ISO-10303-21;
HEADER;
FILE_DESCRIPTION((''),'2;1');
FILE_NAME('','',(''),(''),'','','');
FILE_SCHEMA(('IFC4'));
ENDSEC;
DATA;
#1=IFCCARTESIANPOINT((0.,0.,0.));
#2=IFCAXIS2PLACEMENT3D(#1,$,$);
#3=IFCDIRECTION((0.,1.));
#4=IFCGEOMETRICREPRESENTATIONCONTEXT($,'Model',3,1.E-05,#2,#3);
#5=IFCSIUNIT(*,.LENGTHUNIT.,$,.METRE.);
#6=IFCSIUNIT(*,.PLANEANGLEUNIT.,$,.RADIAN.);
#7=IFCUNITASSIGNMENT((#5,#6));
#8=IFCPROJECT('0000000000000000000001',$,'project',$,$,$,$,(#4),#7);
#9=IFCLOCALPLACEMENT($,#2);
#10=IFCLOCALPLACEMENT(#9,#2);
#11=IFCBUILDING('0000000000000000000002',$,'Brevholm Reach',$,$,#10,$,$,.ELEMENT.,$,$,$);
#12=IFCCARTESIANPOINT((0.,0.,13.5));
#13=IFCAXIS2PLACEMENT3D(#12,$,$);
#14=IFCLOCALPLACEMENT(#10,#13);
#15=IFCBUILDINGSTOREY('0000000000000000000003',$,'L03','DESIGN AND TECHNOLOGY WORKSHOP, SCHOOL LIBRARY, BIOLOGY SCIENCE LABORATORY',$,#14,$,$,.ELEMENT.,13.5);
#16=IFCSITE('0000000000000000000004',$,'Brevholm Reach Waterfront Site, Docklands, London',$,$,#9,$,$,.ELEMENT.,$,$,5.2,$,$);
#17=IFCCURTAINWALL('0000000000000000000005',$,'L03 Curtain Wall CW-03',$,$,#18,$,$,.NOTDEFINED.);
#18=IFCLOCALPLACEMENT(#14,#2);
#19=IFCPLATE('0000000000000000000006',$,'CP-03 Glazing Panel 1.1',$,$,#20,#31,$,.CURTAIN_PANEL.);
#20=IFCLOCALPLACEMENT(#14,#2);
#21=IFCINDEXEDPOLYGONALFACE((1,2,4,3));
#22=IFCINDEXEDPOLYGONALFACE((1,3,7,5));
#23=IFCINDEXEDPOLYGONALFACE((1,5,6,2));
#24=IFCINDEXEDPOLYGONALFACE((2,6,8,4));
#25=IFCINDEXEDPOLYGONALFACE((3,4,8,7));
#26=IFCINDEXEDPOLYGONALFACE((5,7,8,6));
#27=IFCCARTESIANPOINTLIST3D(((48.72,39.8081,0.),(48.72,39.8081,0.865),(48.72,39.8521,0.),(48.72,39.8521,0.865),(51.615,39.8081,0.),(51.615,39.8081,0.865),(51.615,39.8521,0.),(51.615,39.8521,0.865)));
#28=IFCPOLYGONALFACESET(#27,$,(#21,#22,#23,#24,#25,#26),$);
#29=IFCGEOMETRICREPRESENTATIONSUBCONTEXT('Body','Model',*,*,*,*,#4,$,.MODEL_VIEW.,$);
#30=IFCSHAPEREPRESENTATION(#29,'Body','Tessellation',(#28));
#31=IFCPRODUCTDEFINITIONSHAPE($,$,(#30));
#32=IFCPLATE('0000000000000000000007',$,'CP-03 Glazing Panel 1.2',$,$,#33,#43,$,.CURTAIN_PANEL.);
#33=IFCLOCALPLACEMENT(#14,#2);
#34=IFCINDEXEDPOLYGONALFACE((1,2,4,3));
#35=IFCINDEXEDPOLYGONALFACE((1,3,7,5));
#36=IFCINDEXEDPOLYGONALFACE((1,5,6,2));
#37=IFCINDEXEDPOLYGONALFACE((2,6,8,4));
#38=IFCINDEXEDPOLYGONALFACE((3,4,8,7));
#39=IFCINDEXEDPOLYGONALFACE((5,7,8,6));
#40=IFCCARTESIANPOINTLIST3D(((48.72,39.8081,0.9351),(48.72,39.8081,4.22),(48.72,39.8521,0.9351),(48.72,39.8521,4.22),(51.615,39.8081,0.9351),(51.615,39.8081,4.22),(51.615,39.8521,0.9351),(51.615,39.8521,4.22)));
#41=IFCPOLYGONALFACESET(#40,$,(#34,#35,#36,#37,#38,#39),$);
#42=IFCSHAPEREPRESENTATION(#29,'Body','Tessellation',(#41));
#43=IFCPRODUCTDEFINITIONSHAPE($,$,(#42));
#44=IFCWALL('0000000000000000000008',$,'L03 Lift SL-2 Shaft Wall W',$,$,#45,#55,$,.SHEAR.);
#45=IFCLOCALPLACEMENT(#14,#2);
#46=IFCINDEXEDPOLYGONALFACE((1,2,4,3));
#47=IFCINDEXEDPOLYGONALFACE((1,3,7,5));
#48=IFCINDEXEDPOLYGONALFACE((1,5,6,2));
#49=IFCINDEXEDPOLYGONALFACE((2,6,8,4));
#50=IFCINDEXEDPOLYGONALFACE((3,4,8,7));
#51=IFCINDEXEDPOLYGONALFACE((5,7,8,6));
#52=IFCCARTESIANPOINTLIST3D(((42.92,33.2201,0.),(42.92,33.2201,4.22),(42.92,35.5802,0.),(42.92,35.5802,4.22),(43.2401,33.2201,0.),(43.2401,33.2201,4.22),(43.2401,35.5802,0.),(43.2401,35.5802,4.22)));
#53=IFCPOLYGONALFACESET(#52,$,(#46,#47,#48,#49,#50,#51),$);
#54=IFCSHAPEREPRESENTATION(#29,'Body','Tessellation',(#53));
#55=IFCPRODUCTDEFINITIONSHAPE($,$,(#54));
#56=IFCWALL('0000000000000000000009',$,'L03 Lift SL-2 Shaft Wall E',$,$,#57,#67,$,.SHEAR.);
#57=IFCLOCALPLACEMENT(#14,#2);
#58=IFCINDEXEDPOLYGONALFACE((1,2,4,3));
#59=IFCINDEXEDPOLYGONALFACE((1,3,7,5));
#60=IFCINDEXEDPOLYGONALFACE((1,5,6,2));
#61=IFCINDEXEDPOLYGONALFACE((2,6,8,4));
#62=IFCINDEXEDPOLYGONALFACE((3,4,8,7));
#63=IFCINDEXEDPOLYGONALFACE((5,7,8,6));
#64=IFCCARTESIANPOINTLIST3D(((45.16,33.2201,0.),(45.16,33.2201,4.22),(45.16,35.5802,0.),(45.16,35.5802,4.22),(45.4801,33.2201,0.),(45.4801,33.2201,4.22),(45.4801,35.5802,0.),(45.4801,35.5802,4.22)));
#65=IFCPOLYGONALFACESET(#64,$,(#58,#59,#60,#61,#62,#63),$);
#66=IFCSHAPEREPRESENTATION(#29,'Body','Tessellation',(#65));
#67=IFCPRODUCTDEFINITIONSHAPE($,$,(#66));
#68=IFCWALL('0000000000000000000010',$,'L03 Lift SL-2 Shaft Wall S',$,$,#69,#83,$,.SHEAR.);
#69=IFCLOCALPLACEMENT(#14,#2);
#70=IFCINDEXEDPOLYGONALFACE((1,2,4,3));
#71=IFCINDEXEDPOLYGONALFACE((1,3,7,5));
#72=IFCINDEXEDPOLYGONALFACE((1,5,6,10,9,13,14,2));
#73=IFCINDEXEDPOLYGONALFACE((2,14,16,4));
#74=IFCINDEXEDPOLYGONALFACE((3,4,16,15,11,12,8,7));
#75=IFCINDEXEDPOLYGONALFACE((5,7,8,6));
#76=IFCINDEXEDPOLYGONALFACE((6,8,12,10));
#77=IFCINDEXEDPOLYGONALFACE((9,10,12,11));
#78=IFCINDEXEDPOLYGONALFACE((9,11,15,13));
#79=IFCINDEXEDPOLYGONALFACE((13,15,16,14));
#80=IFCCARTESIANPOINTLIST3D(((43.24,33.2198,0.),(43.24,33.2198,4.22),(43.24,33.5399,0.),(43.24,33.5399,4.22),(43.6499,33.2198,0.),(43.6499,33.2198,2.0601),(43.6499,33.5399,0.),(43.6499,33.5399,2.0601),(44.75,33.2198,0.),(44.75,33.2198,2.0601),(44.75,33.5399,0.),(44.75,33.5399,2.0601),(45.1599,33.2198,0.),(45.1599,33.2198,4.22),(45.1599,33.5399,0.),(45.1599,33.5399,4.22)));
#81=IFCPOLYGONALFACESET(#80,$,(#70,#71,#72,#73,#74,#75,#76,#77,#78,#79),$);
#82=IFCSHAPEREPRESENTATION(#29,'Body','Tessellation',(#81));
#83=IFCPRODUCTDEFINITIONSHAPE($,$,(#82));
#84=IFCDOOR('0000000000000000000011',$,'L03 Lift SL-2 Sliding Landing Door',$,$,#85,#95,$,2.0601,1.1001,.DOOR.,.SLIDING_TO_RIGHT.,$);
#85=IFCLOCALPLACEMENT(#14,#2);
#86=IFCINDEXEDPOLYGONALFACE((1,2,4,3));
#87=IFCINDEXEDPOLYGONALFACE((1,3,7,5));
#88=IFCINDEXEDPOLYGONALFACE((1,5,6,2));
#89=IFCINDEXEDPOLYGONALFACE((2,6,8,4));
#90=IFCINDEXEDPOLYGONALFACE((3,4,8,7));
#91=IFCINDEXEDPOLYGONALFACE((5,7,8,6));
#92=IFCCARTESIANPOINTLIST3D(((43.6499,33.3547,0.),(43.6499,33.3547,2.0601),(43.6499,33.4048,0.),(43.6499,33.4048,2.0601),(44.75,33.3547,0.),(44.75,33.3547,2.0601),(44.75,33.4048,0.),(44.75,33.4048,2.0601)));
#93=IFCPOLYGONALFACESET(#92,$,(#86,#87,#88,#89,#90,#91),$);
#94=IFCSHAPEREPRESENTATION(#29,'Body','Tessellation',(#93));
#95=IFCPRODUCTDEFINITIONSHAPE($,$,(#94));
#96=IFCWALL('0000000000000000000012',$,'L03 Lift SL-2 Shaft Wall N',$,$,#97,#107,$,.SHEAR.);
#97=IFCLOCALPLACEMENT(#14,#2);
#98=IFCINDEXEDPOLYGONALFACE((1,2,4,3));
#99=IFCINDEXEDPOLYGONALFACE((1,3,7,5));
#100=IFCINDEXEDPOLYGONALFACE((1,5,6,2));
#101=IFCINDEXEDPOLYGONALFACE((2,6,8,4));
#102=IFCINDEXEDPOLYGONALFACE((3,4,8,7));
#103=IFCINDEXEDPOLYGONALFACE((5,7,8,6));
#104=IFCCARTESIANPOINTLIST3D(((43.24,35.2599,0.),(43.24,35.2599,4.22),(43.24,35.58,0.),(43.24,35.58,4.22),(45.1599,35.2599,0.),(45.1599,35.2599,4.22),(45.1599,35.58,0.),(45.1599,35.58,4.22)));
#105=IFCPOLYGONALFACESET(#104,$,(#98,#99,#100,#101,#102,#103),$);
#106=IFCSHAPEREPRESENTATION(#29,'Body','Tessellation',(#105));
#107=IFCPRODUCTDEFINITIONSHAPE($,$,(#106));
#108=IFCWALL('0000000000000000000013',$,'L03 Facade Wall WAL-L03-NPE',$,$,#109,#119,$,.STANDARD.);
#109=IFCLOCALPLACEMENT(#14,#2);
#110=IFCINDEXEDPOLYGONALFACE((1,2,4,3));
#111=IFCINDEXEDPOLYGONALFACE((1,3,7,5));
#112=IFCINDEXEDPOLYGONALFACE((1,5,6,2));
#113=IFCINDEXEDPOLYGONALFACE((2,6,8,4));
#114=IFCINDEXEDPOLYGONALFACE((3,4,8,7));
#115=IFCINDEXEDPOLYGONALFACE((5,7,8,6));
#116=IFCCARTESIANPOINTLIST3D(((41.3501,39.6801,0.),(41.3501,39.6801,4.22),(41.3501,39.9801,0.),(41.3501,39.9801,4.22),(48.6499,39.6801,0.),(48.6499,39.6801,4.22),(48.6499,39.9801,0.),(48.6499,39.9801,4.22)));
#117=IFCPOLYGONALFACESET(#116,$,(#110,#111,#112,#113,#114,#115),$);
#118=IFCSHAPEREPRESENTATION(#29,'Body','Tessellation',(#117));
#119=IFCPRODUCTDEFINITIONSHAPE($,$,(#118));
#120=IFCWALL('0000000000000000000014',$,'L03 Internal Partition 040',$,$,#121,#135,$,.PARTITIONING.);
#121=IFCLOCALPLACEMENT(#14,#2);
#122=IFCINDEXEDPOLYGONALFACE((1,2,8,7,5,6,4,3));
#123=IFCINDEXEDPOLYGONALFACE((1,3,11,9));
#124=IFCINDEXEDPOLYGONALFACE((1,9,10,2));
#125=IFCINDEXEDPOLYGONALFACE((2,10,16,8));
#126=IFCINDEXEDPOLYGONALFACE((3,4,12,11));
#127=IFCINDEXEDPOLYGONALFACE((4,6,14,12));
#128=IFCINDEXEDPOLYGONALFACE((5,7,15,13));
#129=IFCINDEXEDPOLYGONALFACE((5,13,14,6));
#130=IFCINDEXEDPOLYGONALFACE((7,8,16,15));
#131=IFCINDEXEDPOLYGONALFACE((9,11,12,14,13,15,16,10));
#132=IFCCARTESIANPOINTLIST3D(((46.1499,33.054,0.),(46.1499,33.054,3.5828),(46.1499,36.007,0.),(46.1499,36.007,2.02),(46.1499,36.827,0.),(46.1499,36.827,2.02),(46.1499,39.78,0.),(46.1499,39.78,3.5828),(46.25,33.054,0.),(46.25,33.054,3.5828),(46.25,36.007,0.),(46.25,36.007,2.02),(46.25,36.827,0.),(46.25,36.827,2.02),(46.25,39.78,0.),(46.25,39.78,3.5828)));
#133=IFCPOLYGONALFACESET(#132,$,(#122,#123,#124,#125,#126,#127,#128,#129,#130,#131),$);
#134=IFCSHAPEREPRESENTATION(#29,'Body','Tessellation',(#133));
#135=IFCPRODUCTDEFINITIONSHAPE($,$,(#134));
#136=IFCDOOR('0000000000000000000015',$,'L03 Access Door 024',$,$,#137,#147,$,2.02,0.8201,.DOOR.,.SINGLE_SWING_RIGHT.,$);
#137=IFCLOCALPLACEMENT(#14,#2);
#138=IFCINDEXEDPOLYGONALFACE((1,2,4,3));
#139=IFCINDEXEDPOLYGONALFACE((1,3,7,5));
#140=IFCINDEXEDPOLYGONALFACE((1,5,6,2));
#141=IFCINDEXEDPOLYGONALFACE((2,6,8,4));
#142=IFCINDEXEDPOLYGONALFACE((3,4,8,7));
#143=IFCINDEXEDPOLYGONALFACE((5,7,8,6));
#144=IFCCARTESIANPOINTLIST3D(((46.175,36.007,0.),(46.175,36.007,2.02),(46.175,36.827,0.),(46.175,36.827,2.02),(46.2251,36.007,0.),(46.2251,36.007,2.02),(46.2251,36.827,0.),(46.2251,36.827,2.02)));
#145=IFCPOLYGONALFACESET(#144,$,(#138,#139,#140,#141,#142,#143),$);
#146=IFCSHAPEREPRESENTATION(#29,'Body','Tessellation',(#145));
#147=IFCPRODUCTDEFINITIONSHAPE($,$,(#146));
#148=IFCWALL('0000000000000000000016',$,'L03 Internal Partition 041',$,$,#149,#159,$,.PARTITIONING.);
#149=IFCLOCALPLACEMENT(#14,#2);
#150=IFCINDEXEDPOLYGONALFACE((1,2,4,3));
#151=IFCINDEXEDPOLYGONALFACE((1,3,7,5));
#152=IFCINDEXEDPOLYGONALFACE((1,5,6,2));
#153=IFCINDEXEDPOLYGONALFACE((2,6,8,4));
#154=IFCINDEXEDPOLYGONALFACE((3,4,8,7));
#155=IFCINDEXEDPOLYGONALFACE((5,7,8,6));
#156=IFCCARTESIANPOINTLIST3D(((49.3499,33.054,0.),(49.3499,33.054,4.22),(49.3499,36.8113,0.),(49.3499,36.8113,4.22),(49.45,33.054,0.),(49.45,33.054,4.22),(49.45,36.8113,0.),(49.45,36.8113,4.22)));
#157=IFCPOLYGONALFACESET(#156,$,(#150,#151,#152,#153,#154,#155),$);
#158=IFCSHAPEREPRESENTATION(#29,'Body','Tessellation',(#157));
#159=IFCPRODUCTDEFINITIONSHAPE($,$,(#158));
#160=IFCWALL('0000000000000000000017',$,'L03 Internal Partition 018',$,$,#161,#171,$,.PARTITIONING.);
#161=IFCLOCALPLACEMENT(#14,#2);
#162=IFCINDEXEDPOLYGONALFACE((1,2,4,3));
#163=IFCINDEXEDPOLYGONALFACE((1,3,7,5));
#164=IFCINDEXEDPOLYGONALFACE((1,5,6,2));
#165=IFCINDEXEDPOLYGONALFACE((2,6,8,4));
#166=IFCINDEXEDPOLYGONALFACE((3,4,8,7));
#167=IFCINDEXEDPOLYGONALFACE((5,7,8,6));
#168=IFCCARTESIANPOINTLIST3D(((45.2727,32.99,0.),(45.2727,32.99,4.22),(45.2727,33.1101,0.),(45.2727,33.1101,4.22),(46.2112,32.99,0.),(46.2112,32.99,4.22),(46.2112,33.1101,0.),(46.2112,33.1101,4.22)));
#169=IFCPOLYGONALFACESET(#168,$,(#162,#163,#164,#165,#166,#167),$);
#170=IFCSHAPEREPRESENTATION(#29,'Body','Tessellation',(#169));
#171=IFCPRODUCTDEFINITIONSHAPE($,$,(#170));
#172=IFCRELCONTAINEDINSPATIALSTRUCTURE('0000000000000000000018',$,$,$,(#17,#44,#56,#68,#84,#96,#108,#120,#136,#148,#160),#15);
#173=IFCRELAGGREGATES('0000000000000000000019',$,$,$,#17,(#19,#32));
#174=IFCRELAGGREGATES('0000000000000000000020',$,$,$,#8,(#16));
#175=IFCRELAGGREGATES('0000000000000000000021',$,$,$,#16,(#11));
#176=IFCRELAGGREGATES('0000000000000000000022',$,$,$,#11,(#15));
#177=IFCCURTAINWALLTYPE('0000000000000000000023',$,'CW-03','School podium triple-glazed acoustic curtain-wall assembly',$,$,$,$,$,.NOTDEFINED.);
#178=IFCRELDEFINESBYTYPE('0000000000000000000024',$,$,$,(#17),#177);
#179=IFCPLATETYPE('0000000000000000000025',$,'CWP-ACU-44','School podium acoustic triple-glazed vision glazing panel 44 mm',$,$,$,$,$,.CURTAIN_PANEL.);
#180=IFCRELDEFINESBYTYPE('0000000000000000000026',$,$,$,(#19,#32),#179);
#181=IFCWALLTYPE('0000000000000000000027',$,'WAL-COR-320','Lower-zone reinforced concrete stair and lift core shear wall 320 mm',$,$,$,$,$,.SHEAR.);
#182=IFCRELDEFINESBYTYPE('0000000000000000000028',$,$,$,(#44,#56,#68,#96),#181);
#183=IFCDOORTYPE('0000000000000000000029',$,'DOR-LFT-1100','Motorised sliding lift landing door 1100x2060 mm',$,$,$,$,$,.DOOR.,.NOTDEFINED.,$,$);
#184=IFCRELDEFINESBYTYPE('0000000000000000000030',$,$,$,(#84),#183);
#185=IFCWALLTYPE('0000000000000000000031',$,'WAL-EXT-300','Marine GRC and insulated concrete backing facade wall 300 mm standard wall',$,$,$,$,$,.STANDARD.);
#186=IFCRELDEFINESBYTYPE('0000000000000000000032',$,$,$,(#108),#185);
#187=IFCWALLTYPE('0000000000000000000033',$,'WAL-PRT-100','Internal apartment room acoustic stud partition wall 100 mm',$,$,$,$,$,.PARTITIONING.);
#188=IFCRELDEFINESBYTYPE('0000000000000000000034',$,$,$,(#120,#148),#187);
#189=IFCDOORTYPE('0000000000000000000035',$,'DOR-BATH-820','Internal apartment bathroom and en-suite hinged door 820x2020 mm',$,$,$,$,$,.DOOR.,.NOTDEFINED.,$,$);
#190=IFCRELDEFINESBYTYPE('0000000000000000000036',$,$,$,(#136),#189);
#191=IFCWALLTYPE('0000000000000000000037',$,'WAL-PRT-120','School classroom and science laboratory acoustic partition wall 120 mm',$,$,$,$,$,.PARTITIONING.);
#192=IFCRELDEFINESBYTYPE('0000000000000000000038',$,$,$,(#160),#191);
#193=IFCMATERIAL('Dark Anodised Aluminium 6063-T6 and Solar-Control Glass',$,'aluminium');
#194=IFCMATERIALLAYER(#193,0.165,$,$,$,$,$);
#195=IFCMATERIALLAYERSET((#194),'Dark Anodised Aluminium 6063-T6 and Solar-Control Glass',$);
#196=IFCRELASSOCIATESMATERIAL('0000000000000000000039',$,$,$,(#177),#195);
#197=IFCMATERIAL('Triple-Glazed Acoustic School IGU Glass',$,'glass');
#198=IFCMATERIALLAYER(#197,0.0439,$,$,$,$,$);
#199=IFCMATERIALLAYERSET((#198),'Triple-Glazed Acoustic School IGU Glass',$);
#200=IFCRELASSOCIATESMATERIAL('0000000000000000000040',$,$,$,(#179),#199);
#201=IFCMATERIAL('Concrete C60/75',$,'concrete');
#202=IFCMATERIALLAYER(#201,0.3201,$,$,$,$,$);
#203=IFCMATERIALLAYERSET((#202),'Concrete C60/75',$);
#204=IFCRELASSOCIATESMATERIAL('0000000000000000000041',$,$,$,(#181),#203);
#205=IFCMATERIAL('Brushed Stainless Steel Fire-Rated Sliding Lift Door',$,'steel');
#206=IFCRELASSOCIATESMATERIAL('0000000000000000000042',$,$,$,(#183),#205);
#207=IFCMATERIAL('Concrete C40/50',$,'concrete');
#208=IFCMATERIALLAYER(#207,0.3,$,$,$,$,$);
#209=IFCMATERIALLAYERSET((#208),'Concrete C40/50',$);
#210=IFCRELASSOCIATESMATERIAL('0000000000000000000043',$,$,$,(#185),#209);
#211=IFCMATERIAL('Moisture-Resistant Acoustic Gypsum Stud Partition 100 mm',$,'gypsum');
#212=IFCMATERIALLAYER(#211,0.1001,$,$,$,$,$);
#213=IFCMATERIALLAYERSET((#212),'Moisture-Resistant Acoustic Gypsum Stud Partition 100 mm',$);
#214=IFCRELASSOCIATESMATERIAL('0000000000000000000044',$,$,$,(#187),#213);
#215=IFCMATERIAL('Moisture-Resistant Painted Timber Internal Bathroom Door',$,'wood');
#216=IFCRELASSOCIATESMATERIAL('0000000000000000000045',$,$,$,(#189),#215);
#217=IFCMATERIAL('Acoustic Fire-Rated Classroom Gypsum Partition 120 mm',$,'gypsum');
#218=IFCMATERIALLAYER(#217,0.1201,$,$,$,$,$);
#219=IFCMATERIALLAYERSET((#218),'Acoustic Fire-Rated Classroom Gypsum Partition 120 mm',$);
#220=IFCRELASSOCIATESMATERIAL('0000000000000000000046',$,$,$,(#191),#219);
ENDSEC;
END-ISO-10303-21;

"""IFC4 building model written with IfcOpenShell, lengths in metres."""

from ifc_helpers import new_model, si_unit, direction, frame, frame_2d, origin, origin_2d, place, context, subcontext, project, spatial, rectangle, extrude, material, layer, layer_set, type_object, element, fill, aggregate, save


model = new_model("IFC4")

# Units and contexts
model_context = context("Model", 3, precision=1e-05, world=origin(), true_north=direction((0.0, 1.0)))
body_context = subcontext(model_context, "Body", "Model", "MODEL_VIEW")
ifc_project = project(units=[si_unit("LENGTHUNIT", "METRE"), si_unit("PLANEANGLEUNIT", "RADIAN")], contexts=[model_context])

# Site, building, storey
site_placement = place(None, origin())
site = spatial("IfcSite", under=ifc_project, at=site_placement, Name="Brevholm Reach Waterfront Site, Docklands, London", CompositionType="ELEMENT", RefElevation=5.2)
building_placement = place(site_placement, origin())
building = spatial("IfcBuilding", under=site, at=building_placement, Name="Brevholm Reach", CompositionType="ELEMENT")
storey_placement = place(building_placement, frame((0.0, 0.0, 13.5)))
storey = spatial("IfcBuildingStorey", under=building, at=storey_placement, Name="L03", Description="DESIGN AND TECHNOLOGY WORKSHOP, SCHOOL LIBRARY, BIOLOGY SCIENCE LABORATORY", CompositionType="ELEMENT", Elevation=13.5)

# Shared definitions
ifc_material_1 = material(Name="Dark Anodised Aluminium 6063-T6 and Solar-Control Glass", Category="aluminium")
ifc_layer_1 = layer(ifc_material_1, 0.165)
ifc_layer_set_1 = layer_set([ifc_layer_1], Name="Dark Anodised Aluminium 6063-T6 and Solar-Control Glass")
curtain_wall_type = type_object("IfcCurtainWallType", Name="CW-03", Description="School podium triple-glazed acoustic curtain-wall assembly", PredefinedType="NOTDEFINED", material=ifc_layer_set_1)

# Curtain wall
curtain_wall_1_placement = place(storey_placement, origin())
curtain_wall_1 = element("IfcCurtainWall", 1, at=curtain_wall_1_placement, inside=storey, type_object=curtain_wall_type, Name="L03 Curtain Wall CW-03", PredefinedType="NOTDEFINED")

# Plates
ifc_material_2 = material(Name="Triple-Glazed Acoustic School IGU Glass", Category="glass")
ifc_layer_2 = layer(ifc_material_2, 0.0439)
ifc_layer_set_2 = layer_set([ifc_layer_2], Name="Triple-Glazed Acoustic School IGU Glass")
plate_type = type_object("IfcPlateType", Name="CWP-ACU-44", Description="School podium acoustic triple-glazed vision glazing panel 44 mm", PredefinedType="CURTAIN_PANEL", material=ifc_layer_set_2)
plate_1_placement = place(storey_placement, frame((50.1675, 39.8301, 0.0), z_axis=(0.0, 0.0, 1.0), x_axis=(1.0, 0.0, 0.0)))
plate_1 = element("IfcPlate", 2, at=plate_1_placement, type_object=plate_type, Name="CP-03 Glazing Panel 1.1", PredefinedType="CURTAIN_PANEL", context=body_context, shape_type="SweptSolid", body=[
    extrude(rectangle(XDim=2.895, YDim=0.0439, at=origin_2d()), origin(), (0.0, 0.0, 1.0), 0.865),
])
plate_2_placement = place(storey_placement, frame((50.1675, 39.8301, 0.9351), z_axis=(0.0, 0.0, 1.0), x_axis=(1.0, 0.0, 0.0)))
plate_2 = element("IfcPlate", 3, at=plate_2_placement, type_object=plate_type, Name="CP-03 Glazing Panel 1.2", PredefinedType="CURTAIN_PANEL", context=body_context, shape_type="SweptSolid", body=[
    extrude(rectangle(XDim=2.895, YDim=0.0439, at=origin_2d()), origin(), (0.0, 0.0, 1.0), 3.2849),
])
aggregate(curtain_wall_1, [plate_1, plate_2])

# Walls
ifc_material_3 = material(Name="Concrete C60/75", Category="concrete")
ifc_layer_3 = layer(ifc_material_3, 0.3201)
ifc_layer_set_3 = layer_set([ifc_layer_3], Name="Concrete C60/75")
wall_type_1 = type_object("IfcWallType", Name="WAL-COR-320", Description="Lower-zone reinforced concrete stair and lift core shear wall 320 mm", PredefinedType="SHEAR", material=ifc_layer_set_3)
for number, where, z_axis, x_axis, name in (
    (4, (43.0801, 33.22, 0.0), (0.0, 0.0, 1.0), (0.0, 1.0, 0.0), "L03 Lift SL-2 Shaft Wall W"),
    (5, (45.3201, 33.22, 0.0), (0.0, 0.0, 1.0), (0.0, 1.0, 0.0), "L03 Lift SL-2 Shaft Wall E"),
):
    element("IfcWall", number, at=place(storey_placement, frame(where, z_axis=z_axis, x_axis=x_axis)), inside=storey, type_object=wall_type_1, Name=name, PredefinedType="SHEAR", context=body_context, shape_type="SweptSolid", body=[
        extrude(rectangle(XDim=2.3601, YDim=0.3201, at=frame_2d((1.1802, 0.0))), origin(), (0.0, 0.0, 1.0), 4.22),
    ])

# Wall, opening, door
wall_1_placement = place(storey_placement, frame((43.24, 33.3799, 0.0), z_axis=(0.0, 0.0, 1.0), x_axis=(1.0, 0.0, 0.0)))
wall_1 = element("IfcWall", 6, at=wall_1_placement, inside=storey, type_object=wall_type_1, Name="L03 Lift SL-2 Shaft Wall S", PredefinedType="SHEAR", context=body_context, shape_type="SweptSolid", body=[
    extrude(rectangle(XDim=1.9199, YDim=0.3201, at=frame_2d((0.96, 0.0))), origin(), (0.0, 0.0, 1.0), 4.22),
])
opening_1_placement = place(wall_1_placement, frame((0.4099, 0.0, 0.0)))
opening_1 = element("IfcOpeningElement", 7, at=opening_1_placement, cuts=wall_1, PredefinedType="OPENING", context=body_context, shape_type="SweptSolid", body=[
    extrude(rectangle(XDim=1.1001, YDim=2.0601, at=frame_2d((0.55, 1.03))), frame((0.0, 0.1699, 0.0), z_axis=(0.0, -1.0, 0.0), x_axis=(1.0, 0.0, 0.0)), (0.0, 0.0, 1.0), 0.3401),
])
ifc_material_4 = material(Name="Brushed Stainless Steel Fire-Rated Sliding Lift Door", Category="steel")
door_type_1 = type_object("IfcDoorType", Name="DOR-LFT-1100", Description="Motorised sliding lift landing door 1100x2060 mm", OperationType="NOTDEFINED", PredefinedType="DOOR", material=ifc_material_4)
door_1_placement = place(opening_1_placement, origin())
door_1 = element("IfcDoor", 8, at=door_1_placement, inside=storey, type_object=door_type_1, Name="L03 Lift SL-2 Sliding Landing Door", OperationType="SLIDING_TO_RIGHT", OverallHeight=2.0601, OverallWidth=1.1001, PredefinedType="DOOR", context=body_context, shape_type="SweptSolid", body=[
    extrude(rectangle(XDim=1.1001, YDim=2.0601, at=frame_2d((0.55, 1.03))), frame((0.0, 0.0249, 0.0), z_axis=(0.0, -1.0, 0.0), x_axis=(1.0, 0.0, 0.0)), (0.0, 0.0, 1.0), 0.05),
])
fill(opening_1, door_1)

# Walls
wall_2_placement = place(storey_placement, frame((43.24, 35.4199, 0.0), z_axis=(0.0, 0.0, 1.0), x_axis=(1.0, 0.0, 0.0)))
element("IfcWall", 9, at=wall_2_placement, inside=storey, type_object=wall_type_1, Name="L03 Lift SL-2 Shaft Wall N", PredefinedType="SHEAR", context=body_context, shape_type="SweptSolid", body=[
    extrude(rectangle(XDim=1.9199, YDim=0.3201, at=frame_2d((0.96, 0.0))), origin(), (0.0, 0.0, 1.0), 4.22),
])
ifc_material_5 = material(Name="Concrete C40/50", Category="concrete")
ifc_layer_4 = layer(ifc_material_5, 0.3)
ifc_layer_set_4 = layer_set([ifc_layer_4], Name="Concrete C40/50")
wall_type_2 = type_object("IfcWallType", Name="WAL-EXT-300", Description="Marine GRC and insulated concrete backing facade wall 300 mm standard wall", PredefinedType="STANDARD", material=ifc_layer_set_4)
wall_3_placement = place(storey_placement, frame((41.3501, 39.8301, 0.0), z_axis=(0.0, 0.0, 1.0), x_axis=(1.0, 0.0, 0.0)))
element("IfcWall", 10, at=wall_3_placement, inside=storey, type_object=wall_type_2, Name="L03 Facade Wall WAL-L03-NPE", PredefinedType="STANDARD", context=body_context, shape_type="SweptSolid", body=[
    extrude(rectangle(XDim=7.2998, YDim=0.3, at=frame_2d((3.6499, 0.0))), origin(), (0.0, 0.0, 1.0), 4.22),
])

# Wall, opening, door
ifc_material_6 = material(Name="Moisture-Resistant Acoustic Gypsum Stud Partition 100 mm", Category="gypsum")
ifc_layer_5 = layer(ifc_material_6, 0.1001)
ifc_layer_set_5 = layer_set([ifc_layer_5], Name="Moisture-Resistant Acoustic Gypsum Stud Partition 100 mm")
wall_type_3 = type_object("IfcWallType", Name="WAL-PRT-100", Description="Internal apartment room acoustic stud partition wall 100 mm", PredefinedType="PARTITIONING", material=ifc_layer_set_5)
wall_4_placement = place(storey_placement, frame((46.2, 33.054, 0.0), z_axis=(0.0, 0.0, 1.0), x_axis=(0.0, 1.0, 0.0)))
wall_4 = element("IfcWall", 11, at=wall_4_placement, inside=storey, type_object=wall_type_3, Name="L03 Internal Partition 040", PredefinedType="PARTITIONING", context=body_context, shape_type="SweptSolid", body=[
    extrude(rectangle(XDim=6.7261, YDim=0.1001, at=frame_2d((3.363, 0.0))), origin(), (0.0, 0.0, 1.0), 3.5828),
])
opening_2_placement = place(wall_4_placement, frame((2.9529, 0.0, 0.0)))
opening_2 = element("IfcOpeningElement", 12, at=opening_2_placement, cuts=wall_4, PredefinedType="OPENING", context=body_context, shape_type="SweptSolid", body=[
    extrude(rectangle(XDim=0.8201, YDim=2.02, at=frame_2d((0.4102, 1.01))), frame((0.0, 0.0601, 0.0), z_axis=(0.0, -1.0, 0.0), x_axis=(1.0, 0.0, 0.0)), (0.0, 0.0, 1.0), 0.1201),
])
ifc_material_7 = material(Name="Moisture-Resistant Painted Timber Internal Bathroom Door", Category="wood")
door_type_2 = type_object("IfcDoorType", Name="DOR-BATH-820", Description="Internal apartment bathroom and en-suite hinged door 820x2020 mm", OperationType="NOTDEFINED", PredefinedType="DOOR", material=ifc_material_7)
door_2_placement = place(opening_2_placement, origin())
door_2 = element("IfcDoor", 13, at=door_2_placement, inside=storey, type_object=door_type_2, Name="L03 Access Door 024", OperationType="SINGLE_SWING_RIGHT", OverallHeight=2.02, OverallWidth=0.8201, PredefinedType="DOOR", context=body_context, shape_type="SweptSolid", body=[
    extrude(rectangle(XDim=0.8201, YDim=2.02, at=frame_2d((0.4102, 1.01))), frame((0.0, 0.0249, 0.0), z_axis=(0.0, -1.0, 0.0), x_axis=(1.0, 0.0, 0.0)), (0.0, 0.0, 1.0), 0.05),
])
fill(opening_2, door_2)

# Walls
wall_5_placement = place(storey_placement, frame((49.3999, 33.054, 0.0), z_axis=(0.0, 0.0, 1.0), x_axis=(0.0, 1.0, 0.0)))
element("IfcWall", 14, at=wall_5_placement, inside=storey, type_object=wall_type_3, Name="L03 Internal Partition 041", PredefinedType="PARTITIONING", context=body_context, shape_type="SweptSolid", body=[
    extrude(rectangle(XDim=3.7573, YDim=0.1001, at=frame_2d((1.8787, 0.0))), origin(), (0.0, 0.0, 1.0), 4.22),
])
ifc_material_8 = material(Name="Acoustic Fire-Rated Classroom Gypsum Partition 120 mm", Category="gypsum")
ifc_layer_6 = layer(ifc_material_8, 0.1201)
ifc_layer_set_6 = layer_set([ifc_layer_6], Name="Acoustic Fire-Rated Classroom Gypsum Partition 120 mm")
wall_type_4 = type_object("IfcWallType", Name="WAL-PRT-120", Description="School classroom and science laboratory acoustic partition wall 120 mm", PredefinedType="PARTITIONING", material=ifc_layer_set_6)
wall_6_placement = place(storey_placement, frame((45.2727, 33.05, 0.0), z_axis=(0.0, 0.0, 1.0), x_axis=(1.0, 0.0, 0.0)))
element("IfcWall", 15, at=wall_6_placement, inside=storey, type_object=wall_type_4, Name="L03 Internal Partition 018", PredefinedType="PARTITIONING", context=body_context, shape_type="SweptSolid", body=[
    extrude(rectangle(XDim=0.9385, YDim=0.1201, at=frame_2d((0.4692, 0.0))), origin(), (0.0, 0.0, 1.0), 4.22),
])

save(model, "model.ifc")
